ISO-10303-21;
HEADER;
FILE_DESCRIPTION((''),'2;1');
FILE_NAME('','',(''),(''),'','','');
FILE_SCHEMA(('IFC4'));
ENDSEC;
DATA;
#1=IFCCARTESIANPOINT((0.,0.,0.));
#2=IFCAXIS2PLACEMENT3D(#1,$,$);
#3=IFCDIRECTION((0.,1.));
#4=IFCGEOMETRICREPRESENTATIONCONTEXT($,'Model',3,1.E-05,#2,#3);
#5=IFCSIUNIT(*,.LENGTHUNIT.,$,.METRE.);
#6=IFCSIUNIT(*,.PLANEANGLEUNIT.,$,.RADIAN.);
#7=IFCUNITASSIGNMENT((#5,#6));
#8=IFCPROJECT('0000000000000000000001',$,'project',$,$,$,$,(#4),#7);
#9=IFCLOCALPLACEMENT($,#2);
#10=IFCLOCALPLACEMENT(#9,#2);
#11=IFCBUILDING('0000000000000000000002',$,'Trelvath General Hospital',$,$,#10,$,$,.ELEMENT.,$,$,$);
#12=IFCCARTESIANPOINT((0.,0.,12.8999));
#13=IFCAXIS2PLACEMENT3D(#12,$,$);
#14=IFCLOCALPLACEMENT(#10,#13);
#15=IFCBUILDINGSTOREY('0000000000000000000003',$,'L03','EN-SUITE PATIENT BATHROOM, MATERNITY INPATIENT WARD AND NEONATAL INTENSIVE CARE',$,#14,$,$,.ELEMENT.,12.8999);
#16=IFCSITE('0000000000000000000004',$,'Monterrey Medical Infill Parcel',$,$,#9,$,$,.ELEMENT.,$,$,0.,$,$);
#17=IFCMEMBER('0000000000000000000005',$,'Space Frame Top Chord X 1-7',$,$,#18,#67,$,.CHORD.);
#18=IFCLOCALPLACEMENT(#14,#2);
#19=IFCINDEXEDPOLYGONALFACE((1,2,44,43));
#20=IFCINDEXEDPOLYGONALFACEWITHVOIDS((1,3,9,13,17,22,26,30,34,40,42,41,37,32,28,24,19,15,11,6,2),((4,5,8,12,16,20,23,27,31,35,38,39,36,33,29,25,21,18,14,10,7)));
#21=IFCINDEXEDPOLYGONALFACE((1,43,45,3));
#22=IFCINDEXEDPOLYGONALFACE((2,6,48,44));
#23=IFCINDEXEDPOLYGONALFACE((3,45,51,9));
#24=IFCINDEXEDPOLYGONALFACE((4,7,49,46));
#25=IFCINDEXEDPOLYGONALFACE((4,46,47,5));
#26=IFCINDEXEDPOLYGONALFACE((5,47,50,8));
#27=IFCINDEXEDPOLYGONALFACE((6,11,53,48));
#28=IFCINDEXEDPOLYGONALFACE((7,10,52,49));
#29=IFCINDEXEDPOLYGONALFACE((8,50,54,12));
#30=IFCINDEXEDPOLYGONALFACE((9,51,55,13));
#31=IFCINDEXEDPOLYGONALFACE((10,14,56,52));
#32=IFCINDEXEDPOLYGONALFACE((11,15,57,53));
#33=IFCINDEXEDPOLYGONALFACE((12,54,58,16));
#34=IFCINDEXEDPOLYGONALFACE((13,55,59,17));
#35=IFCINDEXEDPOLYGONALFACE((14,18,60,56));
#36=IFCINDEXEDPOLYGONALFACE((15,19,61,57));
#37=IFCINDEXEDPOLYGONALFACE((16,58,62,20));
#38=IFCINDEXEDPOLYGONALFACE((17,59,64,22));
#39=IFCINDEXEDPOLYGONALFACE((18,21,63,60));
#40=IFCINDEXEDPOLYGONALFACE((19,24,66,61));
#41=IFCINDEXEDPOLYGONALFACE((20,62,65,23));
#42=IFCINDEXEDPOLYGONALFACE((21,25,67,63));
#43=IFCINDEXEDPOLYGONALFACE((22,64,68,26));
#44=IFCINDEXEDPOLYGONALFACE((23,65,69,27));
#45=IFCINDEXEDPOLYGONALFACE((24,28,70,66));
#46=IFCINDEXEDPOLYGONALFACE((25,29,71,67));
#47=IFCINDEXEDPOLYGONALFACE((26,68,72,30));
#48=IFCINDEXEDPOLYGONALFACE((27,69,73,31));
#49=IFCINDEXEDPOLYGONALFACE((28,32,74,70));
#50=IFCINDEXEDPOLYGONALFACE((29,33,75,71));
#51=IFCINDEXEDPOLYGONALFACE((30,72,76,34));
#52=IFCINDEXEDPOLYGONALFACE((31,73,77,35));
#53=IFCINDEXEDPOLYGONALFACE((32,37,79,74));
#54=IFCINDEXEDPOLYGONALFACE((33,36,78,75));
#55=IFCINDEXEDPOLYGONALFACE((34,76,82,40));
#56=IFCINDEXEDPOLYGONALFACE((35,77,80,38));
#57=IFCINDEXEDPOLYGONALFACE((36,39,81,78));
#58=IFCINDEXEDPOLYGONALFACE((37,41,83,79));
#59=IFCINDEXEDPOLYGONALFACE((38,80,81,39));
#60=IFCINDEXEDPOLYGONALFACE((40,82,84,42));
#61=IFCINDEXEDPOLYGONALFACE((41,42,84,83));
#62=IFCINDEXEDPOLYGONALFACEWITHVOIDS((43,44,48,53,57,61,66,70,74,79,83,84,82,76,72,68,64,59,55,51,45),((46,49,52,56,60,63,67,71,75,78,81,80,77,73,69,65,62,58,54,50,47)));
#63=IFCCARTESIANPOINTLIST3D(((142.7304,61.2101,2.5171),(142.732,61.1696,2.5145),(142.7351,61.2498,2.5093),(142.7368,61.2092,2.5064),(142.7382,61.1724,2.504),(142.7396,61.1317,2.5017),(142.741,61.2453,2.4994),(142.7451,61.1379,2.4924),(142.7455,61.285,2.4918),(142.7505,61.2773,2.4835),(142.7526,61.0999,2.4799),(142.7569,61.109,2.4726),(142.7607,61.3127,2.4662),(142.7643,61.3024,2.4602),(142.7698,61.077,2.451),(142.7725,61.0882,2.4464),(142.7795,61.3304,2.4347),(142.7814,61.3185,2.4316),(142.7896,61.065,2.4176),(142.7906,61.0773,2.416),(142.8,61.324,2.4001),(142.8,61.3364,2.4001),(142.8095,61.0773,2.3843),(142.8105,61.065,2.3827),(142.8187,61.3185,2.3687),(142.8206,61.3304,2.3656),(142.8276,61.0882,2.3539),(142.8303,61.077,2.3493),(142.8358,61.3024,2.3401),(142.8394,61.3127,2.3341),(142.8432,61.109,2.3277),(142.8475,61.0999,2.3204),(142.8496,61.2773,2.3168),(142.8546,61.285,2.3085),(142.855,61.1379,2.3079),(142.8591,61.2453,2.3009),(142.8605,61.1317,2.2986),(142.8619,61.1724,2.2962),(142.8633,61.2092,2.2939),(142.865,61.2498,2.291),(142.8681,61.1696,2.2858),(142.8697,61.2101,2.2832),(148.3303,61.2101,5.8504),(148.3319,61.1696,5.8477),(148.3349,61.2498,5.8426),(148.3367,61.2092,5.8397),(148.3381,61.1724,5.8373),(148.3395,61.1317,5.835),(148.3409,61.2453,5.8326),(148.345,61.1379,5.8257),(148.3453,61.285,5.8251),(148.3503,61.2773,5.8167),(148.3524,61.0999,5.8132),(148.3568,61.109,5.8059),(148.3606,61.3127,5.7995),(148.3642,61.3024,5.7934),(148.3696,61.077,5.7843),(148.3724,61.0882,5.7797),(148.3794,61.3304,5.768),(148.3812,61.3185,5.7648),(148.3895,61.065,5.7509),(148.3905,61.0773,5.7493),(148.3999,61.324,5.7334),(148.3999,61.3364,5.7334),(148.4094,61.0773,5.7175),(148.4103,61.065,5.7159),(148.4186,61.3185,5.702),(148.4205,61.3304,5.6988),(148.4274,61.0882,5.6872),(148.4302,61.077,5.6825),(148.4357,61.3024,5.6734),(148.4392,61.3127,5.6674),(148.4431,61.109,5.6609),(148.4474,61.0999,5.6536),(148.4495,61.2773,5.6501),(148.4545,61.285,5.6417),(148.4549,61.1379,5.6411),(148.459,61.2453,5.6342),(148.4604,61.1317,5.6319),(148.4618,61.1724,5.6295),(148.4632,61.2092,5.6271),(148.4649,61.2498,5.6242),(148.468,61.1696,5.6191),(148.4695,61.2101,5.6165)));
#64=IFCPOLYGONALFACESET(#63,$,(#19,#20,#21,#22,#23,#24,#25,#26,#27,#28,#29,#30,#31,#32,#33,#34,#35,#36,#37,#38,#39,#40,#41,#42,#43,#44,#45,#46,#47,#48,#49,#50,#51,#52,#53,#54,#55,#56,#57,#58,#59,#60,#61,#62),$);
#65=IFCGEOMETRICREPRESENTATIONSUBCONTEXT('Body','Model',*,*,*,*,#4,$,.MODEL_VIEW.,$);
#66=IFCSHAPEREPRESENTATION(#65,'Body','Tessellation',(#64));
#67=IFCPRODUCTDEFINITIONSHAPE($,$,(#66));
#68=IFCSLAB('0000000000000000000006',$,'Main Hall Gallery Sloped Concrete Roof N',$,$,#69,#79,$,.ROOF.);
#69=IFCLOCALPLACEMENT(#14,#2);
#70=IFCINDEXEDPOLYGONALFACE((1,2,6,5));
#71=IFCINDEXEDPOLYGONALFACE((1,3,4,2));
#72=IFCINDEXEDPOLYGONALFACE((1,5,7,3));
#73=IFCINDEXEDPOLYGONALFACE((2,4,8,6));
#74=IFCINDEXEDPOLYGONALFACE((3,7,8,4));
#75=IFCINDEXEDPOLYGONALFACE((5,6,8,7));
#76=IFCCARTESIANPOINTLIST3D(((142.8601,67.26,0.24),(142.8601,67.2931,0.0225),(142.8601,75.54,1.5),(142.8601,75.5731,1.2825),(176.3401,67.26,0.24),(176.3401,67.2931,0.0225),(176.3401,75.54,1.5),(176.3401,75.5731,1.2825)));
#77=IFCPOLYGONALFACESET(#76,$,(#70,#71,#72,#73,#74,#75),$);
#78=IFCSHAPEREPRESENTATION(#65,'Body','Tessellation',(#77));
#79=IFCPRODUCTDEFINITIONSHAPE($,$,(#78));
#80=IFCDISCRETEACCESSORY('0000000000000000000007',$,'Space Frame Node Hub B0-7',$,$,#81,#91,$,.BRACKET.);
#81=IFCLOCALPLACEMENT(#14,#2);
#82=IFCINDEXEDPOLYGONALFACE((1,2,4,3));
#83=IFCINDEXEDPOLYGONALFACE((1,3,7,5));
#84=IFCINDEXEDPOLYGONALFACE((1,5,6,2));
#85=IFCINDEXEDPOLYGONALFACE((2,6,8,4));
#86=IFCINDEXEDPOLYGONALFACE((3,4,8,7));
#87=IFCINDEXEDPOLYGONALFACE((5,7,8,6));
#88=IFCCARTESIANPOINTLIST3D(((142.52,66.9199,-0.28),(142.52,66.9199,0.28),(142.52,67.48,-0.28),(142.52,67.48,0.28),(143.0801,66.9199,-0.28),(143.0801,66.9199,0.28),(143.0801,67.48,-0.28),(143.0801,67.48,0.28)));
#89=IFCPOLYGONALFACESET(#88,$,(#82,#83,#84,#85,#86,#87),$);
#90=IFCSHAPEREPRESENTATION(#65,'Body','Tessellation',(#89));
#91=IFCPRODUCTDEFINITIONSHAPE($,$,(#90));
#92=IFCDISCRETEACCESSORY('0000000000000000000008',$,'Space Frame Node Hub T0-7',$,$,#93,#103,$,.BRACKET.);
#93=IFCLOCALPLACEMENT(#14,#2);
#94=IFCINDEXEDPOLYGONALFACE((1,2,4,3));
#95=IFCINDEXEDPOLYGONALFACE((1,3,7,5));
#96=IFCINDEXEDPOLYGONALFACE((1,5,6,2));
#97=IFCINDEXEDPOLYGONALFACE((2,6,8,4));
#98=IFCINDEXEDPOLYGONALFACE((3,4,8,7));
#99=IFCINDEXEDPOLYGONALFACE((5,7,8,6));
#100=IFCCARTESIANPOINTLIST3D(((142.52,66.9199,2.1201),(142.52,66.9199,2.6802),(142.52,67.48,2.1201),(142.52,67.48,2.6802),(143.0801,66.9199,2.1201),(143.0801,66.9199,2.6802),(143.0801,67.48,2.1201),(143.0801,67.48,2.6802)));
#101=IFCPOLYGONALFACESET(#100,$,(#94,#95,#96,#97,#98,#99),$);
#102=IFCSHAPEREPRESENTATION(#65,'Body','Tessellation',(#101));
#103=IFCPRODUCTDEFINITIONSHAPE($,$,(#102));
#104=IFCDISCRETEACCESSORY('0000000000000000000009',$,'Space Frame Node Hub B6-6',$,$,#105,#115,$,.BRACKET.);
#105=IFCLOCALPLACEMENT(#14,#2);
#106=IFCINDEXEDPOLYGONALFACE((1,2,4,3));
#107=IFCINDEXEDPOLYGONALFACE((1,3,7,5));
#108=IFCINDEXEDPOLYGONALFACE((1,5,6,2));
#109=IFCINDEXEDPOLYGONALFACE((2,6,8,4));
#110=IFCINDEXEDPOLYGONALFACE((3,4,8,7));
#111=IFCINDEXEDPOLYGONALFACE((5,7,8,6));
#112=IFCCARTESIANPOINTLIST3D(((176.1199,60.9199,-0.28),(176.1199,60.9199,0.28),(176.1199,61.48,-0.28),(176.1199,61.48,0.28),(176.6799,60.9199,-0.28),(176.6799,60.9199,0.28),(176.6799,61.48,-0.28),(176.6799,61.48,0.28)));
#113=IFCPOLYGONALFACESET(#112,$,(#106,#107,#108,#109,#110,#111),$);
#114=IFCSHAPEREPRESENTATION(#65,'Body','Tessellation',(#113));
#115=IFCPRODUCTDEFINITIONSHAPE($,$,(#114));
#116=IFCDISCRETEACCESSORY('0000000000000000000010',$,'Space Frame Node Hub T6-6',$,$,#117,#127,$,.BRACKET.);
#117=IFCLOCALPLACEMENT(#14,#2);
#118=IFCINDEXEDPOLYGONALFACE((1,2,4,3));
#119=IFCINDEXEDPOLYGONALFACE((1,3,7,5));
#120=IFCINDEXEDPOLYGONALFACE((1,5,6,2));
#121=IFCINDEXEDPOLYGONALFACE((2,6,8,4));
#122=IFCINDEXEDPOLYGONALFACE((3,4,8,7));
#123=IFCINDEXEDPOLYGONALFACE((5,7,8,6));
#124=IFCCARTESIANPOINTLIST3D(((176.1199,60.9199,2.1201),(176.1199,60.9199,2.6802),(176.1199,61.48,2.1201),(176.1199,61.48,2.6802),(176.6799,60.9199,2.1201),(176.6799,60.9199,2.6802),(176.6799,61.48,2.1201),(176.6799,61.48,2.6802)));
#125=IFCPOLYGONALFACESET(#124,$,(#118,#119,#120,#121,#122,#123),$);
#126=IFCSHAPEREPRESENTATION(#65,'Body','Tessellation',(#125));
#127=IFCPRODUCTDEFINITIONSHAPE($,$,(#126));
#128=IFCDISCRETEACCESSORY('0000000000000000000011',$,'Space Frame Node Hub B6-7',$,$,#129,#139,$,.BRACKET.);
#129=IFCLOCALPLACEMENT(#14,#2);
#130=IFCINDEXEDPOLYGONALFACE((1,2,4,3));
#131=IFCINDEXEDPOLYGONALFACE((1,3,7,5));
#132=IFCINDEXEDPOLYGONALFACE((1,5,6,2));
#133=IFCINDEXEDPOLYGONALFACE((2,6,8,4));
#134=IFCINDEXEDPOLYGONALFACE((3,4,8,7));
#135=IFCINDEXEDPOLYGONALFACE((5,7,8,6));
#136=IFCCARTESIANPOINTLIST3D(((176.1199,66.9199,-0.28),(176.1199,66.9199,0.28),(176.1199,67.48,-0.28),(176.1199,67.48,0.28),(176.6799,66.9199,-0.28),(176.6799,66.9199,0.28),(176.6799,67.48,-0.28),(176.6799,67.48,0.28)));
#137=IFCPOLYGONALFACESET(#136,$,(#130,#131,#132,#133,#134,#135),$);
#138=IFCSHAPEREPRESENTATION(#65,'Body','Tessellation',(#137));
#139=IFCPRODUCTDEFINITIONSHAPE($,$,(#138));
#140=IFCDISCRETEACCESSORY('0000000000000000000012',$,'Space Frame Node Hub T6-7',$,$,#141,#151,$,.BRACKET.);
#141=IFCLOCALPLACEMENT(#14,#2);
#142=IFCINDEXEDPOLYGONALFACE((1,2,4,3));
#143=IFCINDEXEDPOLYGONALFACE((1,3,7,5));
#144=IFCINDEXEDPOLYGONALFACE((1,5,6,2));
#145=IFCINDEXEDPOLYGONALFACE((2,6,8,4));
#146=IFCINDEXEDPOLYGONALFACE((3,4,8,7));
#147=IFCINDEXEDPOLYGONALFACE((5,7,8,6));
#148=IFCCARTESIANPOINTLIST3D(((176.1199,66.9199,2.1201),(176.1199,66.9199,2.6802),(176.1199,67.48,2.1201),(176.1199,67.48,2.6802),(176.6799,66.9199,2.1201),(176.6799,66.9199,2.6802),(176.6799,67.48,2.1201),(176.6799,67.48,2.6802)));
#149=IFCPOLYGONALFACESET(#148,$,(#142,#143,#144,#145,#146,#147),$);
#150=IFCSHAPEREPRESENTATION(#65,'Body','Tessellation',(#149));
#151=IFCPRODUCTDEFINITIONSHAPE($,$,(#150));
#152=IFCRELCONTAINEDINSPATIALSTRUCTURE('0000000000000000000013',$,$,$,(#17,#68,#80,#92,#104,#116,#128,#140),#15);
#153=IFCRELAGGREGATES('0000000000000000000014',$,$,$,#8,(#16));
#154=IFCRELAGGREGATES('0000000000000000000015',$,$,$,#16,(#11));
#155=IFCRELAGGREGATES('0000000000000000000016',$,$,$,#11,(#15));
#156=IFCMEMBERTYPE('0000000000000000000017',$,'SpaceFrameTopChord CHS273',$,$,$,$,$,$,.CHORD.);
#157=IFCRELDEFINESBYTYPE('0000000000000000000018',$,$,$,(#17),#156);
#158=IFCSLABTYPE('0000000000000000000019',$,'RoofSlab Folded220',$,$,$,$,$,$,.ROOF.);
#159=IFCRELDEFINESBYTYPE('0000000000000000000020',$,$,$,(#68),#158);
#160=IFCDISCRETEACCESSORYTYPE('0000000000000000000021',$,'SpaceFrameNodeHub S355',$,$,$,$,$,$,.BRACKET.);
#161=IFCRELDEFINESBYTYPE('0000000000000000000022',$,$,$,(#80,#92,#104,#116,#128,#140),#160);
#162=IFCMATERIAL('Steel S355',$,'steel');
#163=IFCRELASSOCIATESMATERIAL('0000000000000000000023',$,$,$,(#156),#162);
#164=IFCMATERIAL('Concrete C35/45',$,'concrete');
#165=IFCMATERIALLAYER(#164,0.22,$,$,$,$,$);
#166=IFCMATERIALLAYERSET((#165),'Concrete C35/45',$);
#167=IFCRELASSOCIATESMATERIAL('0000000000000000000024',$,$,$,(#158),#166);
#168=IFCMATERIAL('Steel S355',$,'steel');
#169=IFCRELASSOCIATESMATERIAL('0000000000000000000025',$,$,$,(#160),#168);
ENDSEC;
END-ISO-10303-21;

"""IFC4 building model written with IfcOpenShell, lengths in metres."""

from ifc_helpers import new_model, si_unit, direction, frame, origin, origin_2d, place, context, subcontext, project, spatial, polyline, rectangle, hollow_circle, outline, extrude, material, layer, layer_set, material_profile, profile_set, type_object, element, save


model = new_model("IFC4")

# Units and contexts
model_context = context("Model", 3, precision=1e-05, world=origin(), true_north=direction((0.0, 1.0)))
body_context = subcontext(model_context, "Body", "Model", "MODEL_VIEW")
ifc_project = project(units=[si_unit("LENGTHUNIT", "METRE"), si_unit("PLANEANGLEUNIT", "RADIAN")], contexts=[model_context])

# Site, building, storey
site_placement = place(None, origin())
site = spatial("IfcSite", under=ifc_project, at=site_placement, Name="Monterrey Medical Infill Parcel", CompositionType="ELEMENT", RefElevation=0.0)
building_placement = place(site_placement, origin())
building = spatial("IfcBuilding", under=site, at=building_placement, Name="Trelvath General Hospital", CompositionType="ELEMENT")
storey_placement = place(building_placement, frame((0.0, 0.0, 12.8999)))
storey = spatial("IfcBuildingStorey", under=building, at=storey_placement, Name="L03", Description="EN-SUITE PATIENT BATHROOM, MATERNITY INPATIENT WARD AND NEONATAL INTENSIVE CARE", CompositionType="ELEMENT", Elevation=12.8999)

# Member
ifc_material_1 = material(Name="Steel S355", Category="steel")
ifc_material_profile_1 = material_profile(ifc_material_1, hollow_circle(Radius=0.1365, WallThickness=0.0125, at=origin_2d()), Name="CHS273.0x12.5")
ifc_profile_set_1 = profile_set([ifc_material_profile_1], Name="Steel S355")
member_type_1 = type_object("IfcMemberType", Name="SpaceFrameTopChord CHS273", PredefinedType="CHORD", material=ifc_profile_set_1)
member_1_placement = place(storey_placement, frame((142.8, 61.2, 2.4001), z_axis=(0.859292, 0.0, 0.511485), x_axis=(0.0, 1.0, 0.0)))
element("IfcMember", 1, at=member_1_placement, inside=storey, type_object=member_type_1, Name="Space Frame Top Chord X 1-7", PredefinedType="CHORD", context=body_context, shape_type="SweptSolid", body=[
    extrude(hollow_circle(Radius=0.1365, WallThickness=0.0125, at=origin_2d()), origin(), (0.0, 0.0, 1.0), 6.5168),
])

# Slab
ifc_material_2 = material(Name="Concrete C35/45", Category="concrete")
ifc_layer = layer(ifc_material_2, 0.22)
ifc_layer_set = layer_set([ifc_layer], Name="Concrete C35/45")
slab_type = type_object("IfcSlabType", Name="RoofSlab Folded220", PredefinedType="ROOF", material=ifc_layer_set)
slab_placement = place(storey_placement, frame((142.8601, 67.26, 0.24), z_axis=(0.0, -0.150443, 0.988619), x_axis=(1.0, 0.0, 0.0)))
element("IfcSlab", 2, at=slab_placement, inside=storey, type_object=slab_type, Name="Main Hall Gallery Sloped Concrete Roof N", PredefinedType="ROOF", context=body_context, shape_type="SweptSolid", body=[
    extrude(outline(polyline([(0.0, 0.0), (33.48, 0.0), (33.48, 8.3754), (0.0, 8.3754), (0.0, 0.0)])), origin(), (0.0, 0.0, -1.0), 0.22),
])

# Discrete accessories
ifc_material_3 = material(Name="Steel S355", Category="steel")
discrete_accessory_type = type_object("IfcDiscreteAccessoryType", Name="SpaceFrameNodeHub S355", PredefinedType="BRACKET", material=ifc_material_3)
for number, where, z_axis, x_axis, name in (
    (3, (142.8, 67.2, -0.28), (0.0, 0.0, 1.0), (1.0, 0.0, 0.0), "Space Frame Node Hub B0-7"),
    (4, (142.8, 67.2, 2.1201), (0.0, 0.0, 1.0), (1.0, 0.0, 0.0), "Space Frame Node Hub T0-7"),
    (5, (176.3999, 61.2, -0.28), (0.0, 0.0, 1.0), (1.0, 0.0, 0.0), "Space Frame Node Hub B6-6"),
    (6, (176.3999, 61.2, 2.1201), (0.0, 0.0, 1.0), (1.0, 0.0, 0.0), "Space Frame Node Hub T6-6"),
    (7, (176.3999, 67.2, -0.28), (0.0, 0.0, 1.0), (1.0, 0.0, 0.0), "Space Frame Node Hub B6-7"),
    (8, (176.3999, 67.2, 2.1201), (0.0, 0.0, 1.0), (1.0, 0.0, 0.0), "Space Frame Node Hub T6-7"),
):
    element("IfcDiscreteAccessory", number, at=place(storey_placement, frame(where, z_axis=z_axis, x_axis=x_axis)), inside=storey, type_object=discrete_accessory_type, Name=name, PredefinedType="BRACKET", context=body_context, shape_type="SweptSolid", body=[
        extrude(rectangle(XDim=0.5601, YDim=0.5601, at=origin_2d()), origin(), (0.0, 0.0, 1.0), 0.5601),
    ])

save(model, "model.ifc")
